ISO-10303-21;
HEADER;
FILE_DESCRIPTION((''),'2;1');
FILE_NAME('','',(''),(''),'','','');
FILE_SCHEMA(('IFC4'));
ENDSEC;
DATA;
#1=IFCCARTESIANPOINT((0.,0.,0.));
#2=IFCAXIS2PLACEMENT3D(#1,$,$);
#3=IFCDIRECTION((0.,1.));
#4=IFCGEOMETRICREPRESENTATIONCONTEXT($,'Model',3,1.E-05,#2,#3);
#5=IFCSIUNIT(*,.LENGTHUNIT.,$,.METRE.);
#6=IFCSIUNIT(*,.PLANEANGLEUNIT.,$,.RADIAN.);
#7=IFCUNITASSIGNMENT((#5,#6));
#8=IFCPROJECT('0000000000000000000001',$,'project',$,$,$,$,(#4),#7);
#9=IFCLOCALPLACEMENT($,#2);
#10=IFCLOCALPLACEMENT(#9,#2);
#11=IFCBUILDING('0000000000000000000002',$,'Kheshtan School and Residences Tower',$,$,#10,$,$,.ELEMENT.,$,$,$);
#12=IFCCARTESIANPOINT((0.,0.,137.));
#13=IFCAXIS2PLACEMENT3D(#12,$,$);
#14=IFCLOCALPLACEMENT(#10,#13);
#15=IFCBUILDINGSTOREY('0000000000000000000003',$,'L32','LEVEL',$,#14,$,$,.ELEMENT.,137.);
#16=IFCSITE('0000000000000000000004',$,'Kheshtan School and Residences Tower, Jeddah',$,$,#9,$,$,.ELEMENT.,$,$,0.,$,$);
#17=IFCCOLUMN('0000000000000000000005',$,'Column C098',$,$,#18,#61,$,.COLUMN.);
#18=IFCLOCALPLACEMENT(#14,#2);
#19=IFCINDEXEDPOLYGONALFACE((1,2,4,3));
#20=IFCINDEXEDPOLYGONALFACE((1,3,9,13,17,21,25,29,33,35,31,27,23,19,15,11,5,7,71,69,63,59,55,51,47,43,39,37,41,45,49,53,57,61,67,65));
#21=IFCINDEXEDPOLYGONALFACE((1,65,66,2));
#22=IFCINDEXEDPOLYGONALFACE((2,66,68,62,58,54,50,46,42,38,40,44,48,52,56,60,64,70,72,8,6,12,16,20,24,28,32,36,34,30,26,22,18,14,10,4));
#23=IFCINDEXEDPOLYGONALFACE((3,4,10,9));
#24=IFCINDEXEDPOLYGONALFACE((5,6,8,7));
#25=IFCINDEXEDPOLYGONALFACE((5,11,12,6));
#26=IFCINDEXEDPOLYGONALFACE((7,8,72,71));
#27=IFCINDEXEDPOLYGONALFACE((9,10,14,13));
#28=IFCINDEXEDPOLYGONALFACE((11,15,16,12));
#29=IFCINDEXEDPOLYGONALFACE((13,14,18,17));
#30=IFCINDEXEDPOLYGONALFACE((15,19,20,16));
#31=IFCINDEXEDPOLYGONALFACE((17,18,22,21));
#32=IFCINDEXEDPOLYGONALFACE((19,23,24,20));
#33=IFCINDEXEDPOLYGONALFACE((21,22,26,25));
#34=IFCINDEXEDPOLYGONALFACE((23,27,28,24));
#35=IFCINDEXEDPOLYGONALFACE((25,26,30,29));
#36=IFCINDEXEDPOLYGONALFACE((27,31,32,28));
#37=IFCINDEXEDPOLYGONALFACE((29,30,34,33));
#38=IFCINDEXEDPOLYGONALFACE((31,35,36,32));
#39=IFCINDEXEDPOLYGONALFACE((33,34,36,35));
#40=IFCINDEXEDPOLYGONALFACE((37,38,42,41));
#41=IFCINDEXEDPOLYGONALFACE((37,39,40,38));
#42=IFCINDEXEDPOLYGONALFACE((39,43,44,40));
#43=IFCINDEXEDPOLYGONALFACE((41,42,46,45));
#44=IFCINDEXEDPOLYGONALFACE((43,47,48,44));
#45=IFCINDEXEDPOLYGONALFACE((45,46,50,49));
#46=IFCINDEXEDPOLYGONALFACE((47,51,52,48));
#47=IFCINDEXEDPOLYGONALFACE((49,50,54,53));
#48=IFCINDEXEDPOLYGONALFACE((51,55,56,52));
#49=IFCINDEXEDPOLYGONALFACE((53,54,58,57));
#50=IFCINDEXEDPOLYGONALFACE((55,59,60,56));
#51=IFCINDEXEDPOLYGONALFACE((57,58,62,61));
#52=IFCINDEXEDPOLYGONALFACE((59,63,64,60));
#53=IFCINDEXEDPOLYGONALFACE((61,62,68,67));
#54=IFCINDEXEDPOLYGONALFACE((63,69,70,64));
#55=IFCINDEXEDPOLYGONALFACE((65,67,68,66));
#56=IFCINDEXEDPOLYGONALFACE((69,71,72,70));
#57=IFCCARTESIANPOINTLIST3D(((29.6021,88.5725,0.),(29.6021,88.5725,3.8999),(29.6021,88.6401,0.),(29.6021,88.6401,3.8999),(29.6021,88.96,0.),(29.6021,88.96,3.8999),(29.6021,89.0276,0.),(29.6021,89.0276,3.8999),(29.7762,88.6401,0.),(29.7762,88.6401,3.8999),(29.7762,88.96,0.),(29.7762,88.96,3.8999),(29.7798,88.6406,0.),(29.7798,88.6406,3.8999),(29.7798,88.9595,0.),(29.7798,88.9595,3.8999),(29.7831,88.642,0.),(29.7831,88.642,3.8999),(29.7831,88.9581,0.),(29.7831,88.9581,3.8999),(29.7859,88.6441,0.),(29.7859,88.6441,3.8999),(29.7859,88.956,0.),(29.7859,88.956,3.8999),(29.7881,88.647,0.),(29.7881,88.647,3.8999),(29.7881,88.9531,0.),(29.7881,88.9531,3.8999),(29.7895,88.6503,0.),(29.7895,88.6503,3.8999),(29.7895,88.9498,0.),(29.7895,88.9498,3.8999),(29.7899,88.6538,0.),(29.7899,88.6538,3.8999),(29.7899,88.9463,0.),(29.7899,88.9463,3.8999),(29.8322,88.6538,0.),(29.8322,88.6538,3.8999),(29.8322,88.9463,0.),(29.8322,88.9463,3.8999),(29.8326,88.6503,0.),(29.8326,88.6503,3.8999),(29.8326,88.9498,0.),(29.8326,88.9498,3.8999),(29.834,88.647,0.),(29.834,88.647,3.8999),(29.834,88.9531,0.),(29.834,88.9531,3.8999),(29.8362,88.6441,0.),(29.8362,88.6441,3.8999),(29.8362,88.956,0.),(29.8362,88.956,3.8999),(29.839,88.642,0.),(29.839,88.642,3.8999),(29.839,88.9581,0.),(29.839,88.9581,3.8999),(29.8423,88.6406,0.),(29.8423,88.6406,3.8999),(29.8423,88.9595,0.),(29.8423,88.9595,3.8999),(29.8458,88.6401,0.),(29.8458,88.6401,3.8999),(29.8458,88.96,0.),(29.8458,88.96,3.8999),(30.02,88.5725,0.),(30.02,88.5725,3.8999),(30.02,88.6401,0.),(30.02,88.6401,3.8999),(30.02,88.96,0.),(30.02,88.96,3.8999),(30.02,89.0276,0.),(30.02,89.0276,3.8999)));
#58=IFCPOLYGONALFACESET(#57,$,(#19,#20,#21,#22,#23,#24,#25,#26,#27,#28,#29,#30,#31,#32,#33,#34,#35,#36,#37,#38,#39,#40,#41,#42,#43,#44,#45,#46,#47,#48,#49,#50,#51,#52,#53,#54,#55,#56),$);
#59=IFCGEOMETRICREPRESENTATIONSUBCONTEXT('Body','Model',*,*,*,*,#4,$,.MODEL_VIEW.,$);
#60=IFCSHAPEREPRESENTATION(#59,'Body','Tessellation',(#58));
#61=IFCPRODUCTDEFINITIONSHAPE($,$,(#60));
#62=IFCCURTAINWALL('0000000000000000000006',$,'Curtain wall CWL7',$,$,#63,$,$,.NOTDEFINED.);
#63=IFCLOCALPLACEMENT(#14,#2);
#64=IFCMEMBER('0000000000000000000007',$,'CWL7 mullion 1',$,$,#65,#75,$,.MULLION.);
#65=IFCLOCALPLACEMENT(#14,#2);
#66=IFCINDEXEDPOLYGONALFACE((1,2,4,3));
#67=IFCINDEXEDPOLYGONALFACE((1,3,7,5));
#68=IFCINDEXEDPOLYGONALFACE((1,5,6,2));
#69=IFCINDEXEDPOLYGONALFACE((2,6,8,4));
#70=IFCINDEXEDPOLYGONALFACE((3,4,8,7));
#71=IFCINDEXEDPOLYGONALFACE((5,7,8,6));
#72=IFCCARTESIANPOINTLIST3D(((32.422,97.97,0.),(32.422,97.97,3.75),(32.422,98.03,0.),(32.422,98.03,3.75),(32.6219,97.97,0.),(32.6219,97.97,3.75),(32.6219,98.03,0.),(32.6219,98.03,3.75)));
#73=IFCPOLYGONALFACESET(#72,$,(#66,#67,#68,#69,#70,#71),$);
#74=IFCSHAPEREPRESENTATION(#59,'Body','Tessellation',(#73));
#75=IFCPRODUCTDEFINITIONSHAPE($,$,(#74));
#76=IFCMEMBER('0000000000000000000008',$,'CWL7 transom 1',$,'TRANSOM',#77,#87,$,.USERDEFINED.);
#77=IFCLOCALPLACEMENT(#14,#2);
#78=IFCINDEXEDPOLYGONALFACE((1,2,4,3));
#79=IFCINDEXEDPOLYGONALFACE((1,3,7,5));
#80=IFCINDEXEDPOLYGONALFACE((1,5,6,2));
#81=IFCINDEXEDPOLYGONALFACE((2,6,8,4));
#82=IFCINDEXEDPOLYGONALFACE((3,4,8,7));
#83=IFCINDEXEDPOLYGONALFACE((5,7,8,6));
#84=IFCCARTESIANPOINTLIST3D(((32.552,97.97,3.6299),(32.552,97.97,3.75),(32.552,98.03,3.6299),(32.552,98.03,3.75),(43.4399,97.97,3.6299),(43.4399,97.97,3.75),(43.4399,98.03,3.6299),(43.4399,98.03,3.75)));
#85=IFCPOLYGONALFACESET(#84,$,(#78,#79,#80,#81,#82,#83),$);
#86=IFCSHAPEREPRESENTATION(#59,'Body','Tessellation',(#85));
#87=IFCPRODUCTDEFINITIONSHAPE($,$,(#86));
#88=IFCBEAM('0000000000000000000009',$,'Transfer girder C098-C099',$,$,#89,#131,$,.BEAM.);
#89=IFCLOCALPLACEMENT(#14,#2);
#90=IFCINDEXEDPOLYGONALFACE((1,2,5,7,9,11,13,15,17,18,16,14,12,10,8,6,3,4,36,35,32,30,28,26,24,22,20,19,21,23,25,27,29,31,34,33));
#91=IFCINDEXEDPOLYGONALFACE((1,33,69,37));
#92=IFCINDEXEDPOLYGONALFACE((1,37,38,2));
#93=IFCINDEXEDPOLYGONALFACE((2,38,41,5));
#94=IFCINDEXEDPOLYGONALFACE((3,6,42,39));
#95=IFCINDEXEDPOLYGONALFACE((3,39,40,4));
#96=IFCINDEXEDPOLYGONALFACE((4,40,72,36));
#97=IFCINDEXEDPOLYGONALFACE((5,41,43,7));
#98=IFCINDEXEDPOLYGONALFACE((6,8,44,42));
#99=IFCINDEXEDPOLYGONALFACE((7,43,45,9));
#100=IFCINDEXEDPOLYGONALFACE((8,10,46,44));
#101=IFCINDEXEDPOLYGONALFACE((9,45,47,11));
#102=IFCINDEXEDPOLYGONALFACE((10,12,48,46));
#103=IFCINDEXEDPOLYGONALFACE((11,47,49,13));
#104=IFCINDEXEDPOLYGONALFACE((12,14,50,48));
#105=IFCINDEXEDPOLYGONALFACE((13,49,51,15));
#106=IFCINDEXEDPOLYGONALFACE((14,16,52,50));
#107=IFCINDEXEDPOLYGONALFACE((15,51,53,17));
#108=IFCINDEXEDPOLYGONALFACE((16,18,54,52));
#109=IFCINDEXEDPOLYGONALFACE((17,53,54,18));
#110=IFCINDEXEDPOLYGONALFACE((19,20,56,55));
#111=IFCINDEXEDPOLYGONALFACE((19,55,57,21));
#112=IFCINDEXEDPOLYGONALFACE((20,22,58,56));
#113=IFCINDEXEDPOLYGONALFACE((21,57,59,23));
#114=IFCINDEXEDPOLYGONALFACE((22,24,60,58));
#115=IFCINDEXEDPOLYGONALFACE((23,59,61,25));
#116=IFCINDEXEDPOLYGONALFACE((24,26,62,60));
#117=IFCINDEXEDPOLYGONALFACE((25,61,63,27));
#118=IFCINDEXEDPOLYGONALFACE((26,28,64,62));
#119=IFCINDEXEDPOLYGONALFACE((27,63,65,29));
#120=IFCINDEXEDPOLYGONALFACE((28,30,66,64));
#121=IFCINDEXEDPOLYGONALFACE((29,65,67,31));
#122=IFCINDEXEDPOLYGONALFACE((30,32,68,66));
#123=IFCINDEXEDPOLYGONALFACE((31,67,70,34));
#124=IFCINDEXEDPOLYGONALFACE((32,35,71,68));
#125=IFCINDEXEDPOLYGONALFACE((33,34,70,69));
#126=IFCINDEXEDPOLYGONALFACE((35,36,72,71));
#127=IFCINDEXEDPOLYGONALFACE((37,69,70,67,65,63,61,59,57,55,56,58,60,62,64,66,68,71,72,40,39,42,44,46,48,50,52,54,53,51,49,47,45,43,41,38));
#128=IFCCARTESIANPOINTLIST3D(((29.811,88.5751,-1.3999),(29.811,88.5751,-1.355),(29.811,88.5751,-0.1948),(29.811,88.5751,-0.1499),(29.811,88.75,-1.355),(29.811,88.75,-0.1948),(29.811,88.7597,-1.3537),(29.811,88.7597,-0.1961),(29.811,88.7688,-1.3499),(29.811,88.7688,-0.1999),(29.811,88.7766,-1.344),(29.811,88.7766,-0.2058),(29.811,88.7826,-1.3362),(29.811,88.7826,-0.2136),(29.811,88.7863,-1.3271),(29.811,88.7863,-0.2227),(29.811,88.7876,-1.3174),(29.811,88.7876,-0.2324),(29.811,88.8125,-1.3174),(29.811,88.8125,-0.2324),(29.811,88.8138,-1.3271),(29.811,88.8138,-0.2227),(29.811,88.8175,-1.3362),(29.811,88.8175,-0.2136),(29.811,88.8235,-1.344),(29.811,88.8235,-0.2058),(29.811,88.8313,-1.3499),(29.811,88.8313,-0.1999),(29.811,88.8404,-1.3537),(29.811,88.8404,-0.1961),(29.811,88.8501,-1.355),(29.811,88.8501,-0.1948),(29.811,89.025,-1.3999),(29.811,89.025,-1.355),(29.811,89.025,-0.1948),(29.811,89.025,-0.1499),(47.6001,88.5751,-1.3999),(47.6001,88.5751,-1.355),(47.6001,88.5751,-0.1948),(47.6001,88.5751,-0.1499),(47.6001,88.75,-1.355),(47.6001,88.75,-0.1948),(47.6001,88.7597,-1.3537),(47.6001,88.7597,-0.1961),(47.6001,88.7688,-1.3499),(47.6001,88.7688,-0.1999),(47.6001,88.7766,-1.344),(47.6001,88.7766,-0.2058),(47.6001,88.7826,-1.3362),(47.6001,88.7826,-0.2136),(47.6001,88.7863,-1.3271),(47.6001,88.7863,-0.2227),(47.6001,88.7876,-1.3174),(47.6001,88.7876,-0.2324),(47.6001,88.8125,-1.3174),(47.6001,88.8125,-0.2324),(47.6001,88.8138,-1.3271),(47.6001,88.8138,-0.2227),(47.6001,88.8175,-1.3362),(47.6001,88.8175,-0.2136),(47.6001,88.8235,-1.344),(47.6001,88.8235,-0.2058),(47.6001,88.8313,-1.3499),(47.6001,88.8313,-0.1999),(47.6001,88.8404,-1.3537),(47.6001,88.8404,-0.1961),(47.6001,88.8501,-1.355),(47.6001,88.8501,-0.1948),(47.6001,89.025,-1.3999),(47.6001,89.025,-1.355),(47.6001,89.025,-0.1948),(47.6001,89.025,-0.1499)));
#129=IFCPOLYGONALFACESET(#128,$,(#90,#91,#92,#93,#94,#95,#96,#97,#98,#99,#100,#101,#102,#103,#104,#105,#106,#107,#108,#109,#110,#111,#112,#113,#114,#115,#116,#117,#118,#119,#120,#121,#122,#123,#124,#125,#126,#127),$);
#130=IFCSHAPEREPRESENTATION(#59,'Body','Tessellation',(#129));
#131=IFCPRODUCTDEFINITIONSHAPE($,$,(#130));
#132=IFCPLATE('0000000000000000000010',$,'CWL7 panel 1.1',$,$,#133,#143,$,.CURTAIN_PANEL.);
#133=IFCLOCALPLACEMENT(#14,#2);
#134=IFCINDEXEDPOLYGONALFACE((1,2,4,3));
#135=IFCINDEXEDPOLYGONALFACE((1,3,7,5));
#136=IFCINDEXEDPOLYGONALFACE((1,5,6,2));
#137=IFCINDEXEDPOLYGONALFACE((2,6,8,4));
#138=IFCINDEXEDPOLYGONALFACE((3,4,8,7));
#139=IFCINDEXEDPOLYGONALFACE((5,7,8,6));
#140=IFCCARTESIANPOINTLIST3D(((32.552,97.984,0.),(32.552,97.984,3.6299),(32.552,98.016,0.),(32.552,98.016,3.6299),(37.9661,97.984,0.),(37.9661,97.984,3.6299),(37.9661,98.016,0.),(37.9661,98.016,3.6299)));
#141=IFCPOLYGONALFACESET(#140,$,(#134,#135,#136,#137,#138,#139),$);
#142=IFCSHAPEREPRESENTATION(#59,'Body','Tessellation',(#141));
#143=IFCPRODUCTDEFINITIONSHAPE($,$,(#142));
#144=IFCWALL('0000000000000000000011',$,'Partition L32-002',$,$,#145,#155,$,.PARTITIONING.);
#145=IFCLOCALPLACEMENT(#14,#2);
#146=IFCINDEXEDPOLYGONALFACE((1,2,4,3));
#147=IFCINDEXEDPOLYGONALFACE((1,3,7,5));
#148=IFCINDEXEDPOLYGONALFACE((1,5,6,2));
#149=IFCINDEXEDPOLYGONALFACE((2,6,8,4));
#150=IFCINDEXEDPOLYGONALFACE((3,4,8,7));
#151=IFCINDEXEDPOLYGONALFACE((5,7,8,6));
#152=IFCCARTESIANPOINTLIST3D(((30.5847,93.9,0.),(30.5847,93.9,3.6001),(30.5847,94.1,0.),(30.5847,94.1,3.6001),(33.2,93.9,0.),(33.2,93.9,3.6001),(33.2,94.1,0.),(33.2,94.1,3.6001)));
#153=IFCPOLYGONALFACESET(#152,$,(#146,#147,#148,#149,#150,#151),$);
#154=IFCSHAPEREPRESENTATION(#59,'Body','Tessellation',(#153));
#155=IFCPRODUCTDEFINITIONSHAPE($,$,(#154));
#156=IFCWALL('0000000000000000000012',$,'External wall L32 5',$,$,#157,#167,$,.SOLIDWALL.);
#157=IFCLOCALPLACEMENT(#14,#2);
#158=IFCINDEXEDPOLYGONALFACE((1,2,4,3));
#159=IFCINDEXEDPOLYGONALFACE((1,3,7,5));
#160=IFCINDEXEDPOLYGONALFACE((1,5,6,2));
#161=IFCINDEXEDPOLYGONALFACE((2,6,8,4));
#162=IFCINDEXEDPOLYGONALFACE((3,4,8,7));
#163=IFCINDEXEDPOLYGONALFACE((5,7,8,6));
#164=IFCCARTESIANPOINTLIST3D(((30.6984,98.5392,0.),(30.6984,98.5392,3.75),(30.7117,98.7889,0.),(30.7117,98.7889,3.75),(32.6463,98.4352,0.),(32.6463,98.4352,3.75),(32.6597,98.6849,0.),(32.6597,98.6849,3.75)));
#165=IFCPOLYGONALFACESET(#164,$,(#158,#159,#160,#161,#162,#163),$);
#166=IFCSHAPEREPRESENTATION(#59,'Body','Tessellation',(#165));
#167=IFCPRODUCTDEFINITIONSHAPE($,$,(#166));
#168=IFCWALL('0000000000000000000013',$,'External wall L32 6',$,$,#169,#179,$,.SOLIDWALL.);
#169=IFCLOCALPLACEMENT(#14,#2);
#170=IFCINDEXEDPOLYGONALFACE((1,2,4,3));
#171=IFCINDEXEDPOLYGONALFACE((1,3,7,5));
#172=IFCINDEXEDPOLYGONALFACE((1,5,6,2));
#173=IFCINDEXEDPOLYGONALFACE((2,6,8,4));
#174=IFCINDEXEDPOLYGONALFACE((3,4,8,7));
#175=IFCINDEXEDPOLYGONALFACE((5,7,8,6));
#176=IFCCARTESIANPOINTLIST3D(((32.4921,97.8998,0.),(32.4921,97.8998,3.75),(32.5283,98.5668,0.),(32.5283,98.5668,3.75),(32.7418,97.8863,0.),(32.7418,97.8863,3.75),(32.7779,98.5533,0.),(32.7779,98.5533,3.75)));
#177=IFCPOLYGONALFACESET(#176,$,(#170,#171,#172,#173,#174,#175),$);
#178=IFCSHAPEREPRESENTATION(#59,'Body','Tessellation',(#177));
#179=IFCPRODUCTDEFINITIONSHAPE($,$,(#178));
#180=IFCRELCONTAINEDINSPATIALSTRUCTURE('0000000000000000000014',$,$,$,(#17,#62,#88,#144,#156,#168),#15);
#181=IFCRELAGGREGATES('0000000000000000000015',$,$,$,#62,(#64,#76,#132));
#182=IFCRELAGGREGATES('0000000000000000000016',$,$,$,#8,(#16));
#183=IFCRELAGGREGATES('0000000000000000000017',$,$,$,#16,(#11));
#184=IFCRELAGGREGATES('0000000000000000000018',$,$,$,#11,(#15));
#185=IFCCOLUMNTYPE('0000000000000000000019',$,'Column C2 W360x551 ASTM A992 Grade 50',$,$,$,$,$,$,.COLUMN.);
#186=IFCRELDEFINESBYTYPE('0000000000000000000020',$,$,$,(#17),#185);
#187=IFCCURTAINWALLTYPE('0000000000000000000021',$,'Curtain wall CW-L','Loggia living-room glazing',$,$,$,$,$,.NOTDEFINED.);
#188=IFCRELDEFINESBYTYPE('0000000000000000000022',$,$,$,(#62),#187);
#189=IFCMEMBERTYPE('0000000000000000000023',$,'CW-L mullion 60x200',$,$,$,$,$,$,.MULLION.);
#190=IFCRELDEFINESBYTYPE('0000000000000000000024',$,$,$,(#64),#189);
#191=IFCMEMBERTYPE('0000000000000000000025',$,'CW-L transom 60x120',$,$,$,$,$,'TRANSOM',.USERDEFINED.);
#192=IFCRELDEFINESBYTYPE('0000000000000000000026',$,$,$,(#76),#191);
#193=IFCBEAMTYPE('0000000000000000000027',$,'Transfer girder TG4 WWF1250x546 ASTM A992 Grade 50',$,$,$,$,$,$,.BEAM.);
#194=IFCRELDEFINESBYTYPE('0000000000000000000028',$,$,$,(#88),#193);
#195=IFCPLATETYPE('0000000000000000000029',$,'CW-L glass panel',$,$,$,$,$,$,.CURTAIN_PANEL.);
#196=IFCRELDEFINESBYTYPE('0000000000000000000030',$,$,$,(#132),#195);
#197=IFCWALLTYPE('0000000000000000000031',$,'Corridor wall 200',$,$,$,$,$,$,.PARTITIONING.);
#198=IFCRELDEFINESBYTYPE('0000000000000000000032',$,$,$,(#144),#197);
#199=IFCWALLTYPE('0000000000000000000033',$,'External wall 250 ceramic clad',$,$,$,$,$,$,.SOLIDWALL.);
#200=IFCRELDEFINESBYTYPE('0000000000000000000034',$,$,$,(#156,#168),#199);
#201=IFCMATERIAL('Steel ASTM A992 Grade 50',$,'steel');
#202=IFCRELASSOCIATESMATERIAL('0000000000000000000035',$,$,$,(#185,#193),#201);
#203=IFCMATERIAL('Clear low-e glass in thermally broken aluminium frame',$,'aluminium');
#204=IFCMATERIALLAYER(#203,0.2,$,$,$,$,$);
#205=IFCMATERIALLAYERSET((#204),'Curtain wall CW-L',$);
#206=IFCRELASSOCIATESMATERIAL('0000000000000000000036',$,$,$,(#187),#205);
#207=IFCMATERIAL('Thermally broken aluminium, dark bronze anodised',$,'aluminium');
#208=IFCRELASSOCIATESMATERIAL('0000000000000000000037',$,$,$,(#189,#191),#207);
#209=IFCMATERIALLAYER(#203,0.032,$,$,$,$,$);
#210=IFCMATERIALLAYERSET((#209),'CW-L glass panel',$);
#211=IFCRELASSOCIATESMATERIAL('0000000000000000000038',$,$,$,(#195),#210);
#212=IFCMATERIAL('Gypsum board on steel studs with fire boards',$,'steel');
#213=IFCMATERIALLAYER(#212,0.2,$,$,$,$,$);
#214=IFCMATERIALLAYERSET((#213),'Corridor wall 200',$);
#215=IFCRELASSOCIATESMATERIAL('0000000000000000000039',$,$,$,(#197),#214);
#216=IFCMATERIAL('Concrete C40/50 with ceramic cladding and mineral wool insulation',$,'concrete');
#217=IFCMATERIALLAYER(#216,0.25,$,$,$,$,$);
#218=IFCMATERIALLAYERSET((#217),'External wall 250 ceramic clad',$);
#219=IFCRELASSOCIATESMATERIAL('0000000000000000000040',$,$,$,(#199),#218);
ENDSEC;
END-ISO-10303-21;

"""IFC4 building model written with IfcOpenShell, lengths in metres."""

from ifc_helpers import new_model, si_unit, direction, frame, frame_2d, origin, origin_2d, place, context, subcontext, project, spatial, rectangle, i_section, extrude, material, layer, layer_set, material_profile, profile_set, type_object, element, aggregate, save


model = new_model("IFC4")

# Units and contexts
model_context = context("Model", 3, precision=1e-05, world=origin(), true_north=direction((0.0, 1.0)))
body_context = subcontext(model_context, "Body", "Model", "MODEL_VIEW")
ifc_project = project(units=[si_unit("LENGTHUNIT", "METRE"), si_unit("PLANEANGLEUNIT", "RADIAN")], contexts=[model_context])

# Site, building, storey
site_placement = place(None, origin())
site = spatial("IfcSite", under=ifc_project, at=site_placement, Name="Kheshtan School and Residences Tower, Jeddah", CompositionType="ELEMENT", RefElevation=0.0)
building_placement = place(site_placement, origin())
building = spatial("IfcBuilding", under=site, at=building_placement, Name="Kheshtan School and Residences Tower", CompositionType="ELEMENT")
storey_placement = place(building_placement, frame((0.0, 0.0, 137.0)))
storey = spatial("IfcBuildingStorey", under=building, at=storey_placement, Name="L32", Description="LEVEL", CompositionType="ELEMENT", Elevation=137.0)

# Column
ifc_material_1 = material(Name="Steel ASTM A992 Grade 50", Category="steel")
ifc_material_profile_1 = material_profile(ifc_material_1, i_section(OverallWidth=0.418, OverallDepth=0.4551, WebThickness=0.0422, FlangeThickness=0.0676, FilletRadius=0.0137, at=origin_2d()), Name="W360x551")
ifc_profile_set_1 = profile_set([ifc_material_profile_1], Name="Steel ASTM A992 Grade 50")
column_type = type_object("IfcColumnType", Name="Column C2 W360x551 ASTM A992 Grade 50", PredefinedType="COLUMN", material=ifc_profile_set_1)
column_placement = place(storey_placement, frame((29.811, 88.8, 0.0), z_axis=(0.0, 0.0, 1.0), x_axis=(1.0, 0.0, 0.0)))
element("IfcColumn", 1, at=column_placement, inside=storey, type_object=column_type, Name="Column C098", PredefinedType="COLUMN", context=body_context, shape_type="SweptSolid", body=[
    extrude(i_section(OverallWidth=0.418, OverallDepth=0.4551, WebThickness=0.0422, FlangeThickness=0.0676, FilletRadius=0.0137, at=origin_2d()), origin(), (0.0, 0.0, 1.0), 3.8999),
])

# Curtain wall, members
ifc_material_2 = material(Name="Clear low-e glass in thermally broken aluminium frame", Category="aluminium")
ifc_layer_1 = layer(ifc_material_2, 0.2)
ifc_layer_set_1 = layer_set([ifc_layer_1], Name="Curtain wall CW-L")
curtain_wall_type = type_object("IfcCurtainWallType", Name="Curtain wall CW-L", Description="Loggia living-room glazing", PredefinedType="NOTDEFINED", material=ifc_layer_set_1)
curtain_wall_placement = place(storey_placement, origin())
curtain_wall = element("IfcCurtainWall", 2, at=curtain_wall_placement, inside=storey, type_object=curtain_wall_type, Name="Curtain wall CWL7", PredefinedType="NOTDEFINED")
ifc_material_3 = material(Name="Thermally broken aluminium, dark bronze anodised", Category="aluminium")
ifc_material_profile_2 = material_profile(ifc_material_3, rectangle(XDim=0.0601, YDim=0.2, at=origin_2d()), Name="CW-L mullion 60x200")
ifc_profile_set_2 = profile_set([ifc_material_profile_2], Name="Thermally broken aluminium, dark bronze anodised")
member_type_1 = type_object("IfcMemberType", Name="CW-L mullion 60x200", PredefinedType="MULLION", material=ifc_profile_set_2)
member_1_placement = place(storey_placement, frame((32.522, 98.0, 0.0), z_axis=(0.0, 0.0, 1.0), x_axis=(0.0, 1.0, 0.0)))
member_1 = element("IfcMember", 3, at=member_1_placement, type_object=member_type_1, Name="CWL7 mullion 1", PredefinedType="MULLION", context=body_context, shape_type="SweptSolid", body=[
    extrude(rectangle(XDim=0.0601, YDim=0.2, at=origin_2d()), origin(), (0.0, 0.0, 1.0), 3.75),
])
ifc_material_profile_3 = material_profile(ifc_material_3, rectangle(XDim=0.0601, YDim=0.1201, at=origin_2d()), Name="CW-L transom 60x120")
ifc_profile_set_3 = profile_set([ifc_material_profile_3], Name="Thermally broken aluminium, dark bronze anodised")
member_type_2 = type_object("IfcMemberType", Name="CW-L transom 60x120", ElementType="TRANSOM", PredefinedType="USERDEFINED", material=ifc_profile_set_3)
member_2_placement = place(storey_placement, frame((32.552, 98.0, 3.6899), z_axis=(1.0, 0.0, 0.0), x_axis=(0.0, 1.0, 0.0)))
member_2 = element("IfcMember", 4, at=member_2_placement, type_object=member_type_2, Name="CWL7 transom 1", ObjectType="TRANSOM", PredefinedType="USERDEFINED", context=body_context, shape_type="SweptSolid", body=[
    extrude(rectangle(XDim=0.0601, YDim=0.1201, at=origin_2d()), origin(), (0.0, 0.0, 1.0), 10.8879),
])

# Beam
ifc_material_profile_4 = material_profile(ifc_material_1, i_section(OverallWidth=0.45, OverallDepth=1.25, WebThickness=0.0249, FlangeThickness=0.0449, FilletRadius=0.0376, at=origin_2d()), Name="WWF1250x546")
ifc_profile_set_4 = profile_set([ifc_material_profile_4], Name="Steel ASTM A992 Grade 50")
beam_type = type_object("IfcBeamType", Name="Transfer girder TG4 WWF1250x546 ASTM A992 Grade 50", PredefinedType="BEAM", material=ifc_profile_set_4)
beam_placement = place(storey_placement, frame((29.811, 88.8, -0.7749), z_axis=(1.0, 0.0, 0.0), x_axis=(0.0, 1.0, 0.0)))
element("IfcBeam", 5, at=beam_placement, inside=storey, type_object=beam_type, Name="Transfer girder C098-C099", PredefinedType="BEAM", context=body_context, shape_type="SweptSolid", body=[
    extrude(i_section(OverallWidth=0.45, OverallDepth=1.25, WebThickness=0.0249, FlangeThickness=0.0449, FilletRadius=0.0376, at=origin_2d()), origin(), (0.0, 0.0, 1.0), 17.7891),
])

# Plate
ifc_layer_2 = layer(ifc_material_2, 0.032)
ifc_layer_set_2 = layer_set([ifc_layer_2], Name="CW-L glass panel")
plate_type = type_object("IfcPlateType", Name="CW-L glass panel", PredefinedType="CURTAIN_PANEL", material=ifc_layer_set_2)
plate_placement = place(storey_placement, frame((35.259, 98.0, 0.0), z_axis=(0.0, 0.0, 1.0), x_axis=(1.0, 0.0, 0.0)))
plate = element("IfcPlate", 6, at=plate_placement, type_object=plate_type, Name="CWL7 panel 1.1", PredefinedType="CURTAIN_PANEL", context=body_context, shape_type="SweptSolid", body=[
    extrude(rectangle(XDim=5.4141, YDim=0.032, at=origin_2d()), origin(), (0.0, 0.0, 1.0), 3.6299),
])
aggregate(curtain_wall, [member_1, member_2, plate])

# Walls
ifc_material_4 = material(Name="Gypsum board on steel studs with fire boards", Category="steel")
ifc_layer_3 = layer(ifc_material_4, 0.2)
ifc_layer_set_3 = layer_set([ifc_layer_3], Name="Corridor wall 200")
wall_type_1 = type_object("IfcWallType", Name="Corridor wall 200", PredefinedType="PARTITIONING", material=ifc_layer_set_3)
wall_1_placement = place(storey_placement, frame((30.5847, 94.0, 0.0), z_axis=(0.0, 0.0, 1.0), x_axis=(1.0, 0.0, 0.0)))
element("IfcWall", 7, at=wall_1_placement, inside=storey, type_object=wall_type_1, Name="Partition L32-002", PredefinedType="PARTITIONING", context=body_context, shape_type="SweptSolid", body=[
    extrude(rectangle(XDim=2.6152, YDim=0.2, at=frame_2d((1.3076, 0.0))), origin(), (0.0, 0.0, 1.0), 3.6001),
])
ifc_material_5 = material(Name="Concrete C40/50 with ceramic cladding and mineral wool insulation", Category="concrete")
ifc_layer_4 = layer(ifc_material_5, 0.25)
ifc_layer_set_4 = layer_set([ifc_layer_4], Name="External wall 250 ceramic clad")
wall_type_2 = type_object("IfcWallType", Name="External wall 250 ceramic clad", PredefinedType="SOLIDWALL", material=ifc_layer_set_4)
wall_2_placement = place(storey_placement, frame((30.7051, 98.6641, 0.0), z_axis=(0.0, 0.0, 1.0), x_axis=(0.998578, -0.053314, 0.0)))
element("IfcWall", 8, at=wall_2_placement, inside=storey, type_object=wall_type_2, Name="External wall L32 5", PredefinedType="SOLIDWALL", context=body_context, shape_type="SweptSolid", body=[
    extrude(rectangle(XDim=1.9507, YDim=0.25, at=frame_2d((0.9753, 0.0))), origin(), (0.0, 0.0, 1.0), 3.75),
])
wall_3_placement = place(storey_placement, frame((32.6531, 98.5601, 0.0), z_axis=(0.0, 0.0, 1.0), x_axis=(-0.054093, -0.998536, 0.0)))
element("IfcWall", 9, at=wall_3_placement, inside=storey, type_object=wall_type_2, Name="External wall L32 6", PredefinedType="SOLIDWALL", context=body_context, shape_type="SweptSolid", body=[
    extrude(rectangle(XDim=0.668, YDim=0.25, at=frame_2d((0.334, 0.0))), origin(), (0.0, 0.0, 1.0), 3.75),
])

save(model, "model.ifc")
